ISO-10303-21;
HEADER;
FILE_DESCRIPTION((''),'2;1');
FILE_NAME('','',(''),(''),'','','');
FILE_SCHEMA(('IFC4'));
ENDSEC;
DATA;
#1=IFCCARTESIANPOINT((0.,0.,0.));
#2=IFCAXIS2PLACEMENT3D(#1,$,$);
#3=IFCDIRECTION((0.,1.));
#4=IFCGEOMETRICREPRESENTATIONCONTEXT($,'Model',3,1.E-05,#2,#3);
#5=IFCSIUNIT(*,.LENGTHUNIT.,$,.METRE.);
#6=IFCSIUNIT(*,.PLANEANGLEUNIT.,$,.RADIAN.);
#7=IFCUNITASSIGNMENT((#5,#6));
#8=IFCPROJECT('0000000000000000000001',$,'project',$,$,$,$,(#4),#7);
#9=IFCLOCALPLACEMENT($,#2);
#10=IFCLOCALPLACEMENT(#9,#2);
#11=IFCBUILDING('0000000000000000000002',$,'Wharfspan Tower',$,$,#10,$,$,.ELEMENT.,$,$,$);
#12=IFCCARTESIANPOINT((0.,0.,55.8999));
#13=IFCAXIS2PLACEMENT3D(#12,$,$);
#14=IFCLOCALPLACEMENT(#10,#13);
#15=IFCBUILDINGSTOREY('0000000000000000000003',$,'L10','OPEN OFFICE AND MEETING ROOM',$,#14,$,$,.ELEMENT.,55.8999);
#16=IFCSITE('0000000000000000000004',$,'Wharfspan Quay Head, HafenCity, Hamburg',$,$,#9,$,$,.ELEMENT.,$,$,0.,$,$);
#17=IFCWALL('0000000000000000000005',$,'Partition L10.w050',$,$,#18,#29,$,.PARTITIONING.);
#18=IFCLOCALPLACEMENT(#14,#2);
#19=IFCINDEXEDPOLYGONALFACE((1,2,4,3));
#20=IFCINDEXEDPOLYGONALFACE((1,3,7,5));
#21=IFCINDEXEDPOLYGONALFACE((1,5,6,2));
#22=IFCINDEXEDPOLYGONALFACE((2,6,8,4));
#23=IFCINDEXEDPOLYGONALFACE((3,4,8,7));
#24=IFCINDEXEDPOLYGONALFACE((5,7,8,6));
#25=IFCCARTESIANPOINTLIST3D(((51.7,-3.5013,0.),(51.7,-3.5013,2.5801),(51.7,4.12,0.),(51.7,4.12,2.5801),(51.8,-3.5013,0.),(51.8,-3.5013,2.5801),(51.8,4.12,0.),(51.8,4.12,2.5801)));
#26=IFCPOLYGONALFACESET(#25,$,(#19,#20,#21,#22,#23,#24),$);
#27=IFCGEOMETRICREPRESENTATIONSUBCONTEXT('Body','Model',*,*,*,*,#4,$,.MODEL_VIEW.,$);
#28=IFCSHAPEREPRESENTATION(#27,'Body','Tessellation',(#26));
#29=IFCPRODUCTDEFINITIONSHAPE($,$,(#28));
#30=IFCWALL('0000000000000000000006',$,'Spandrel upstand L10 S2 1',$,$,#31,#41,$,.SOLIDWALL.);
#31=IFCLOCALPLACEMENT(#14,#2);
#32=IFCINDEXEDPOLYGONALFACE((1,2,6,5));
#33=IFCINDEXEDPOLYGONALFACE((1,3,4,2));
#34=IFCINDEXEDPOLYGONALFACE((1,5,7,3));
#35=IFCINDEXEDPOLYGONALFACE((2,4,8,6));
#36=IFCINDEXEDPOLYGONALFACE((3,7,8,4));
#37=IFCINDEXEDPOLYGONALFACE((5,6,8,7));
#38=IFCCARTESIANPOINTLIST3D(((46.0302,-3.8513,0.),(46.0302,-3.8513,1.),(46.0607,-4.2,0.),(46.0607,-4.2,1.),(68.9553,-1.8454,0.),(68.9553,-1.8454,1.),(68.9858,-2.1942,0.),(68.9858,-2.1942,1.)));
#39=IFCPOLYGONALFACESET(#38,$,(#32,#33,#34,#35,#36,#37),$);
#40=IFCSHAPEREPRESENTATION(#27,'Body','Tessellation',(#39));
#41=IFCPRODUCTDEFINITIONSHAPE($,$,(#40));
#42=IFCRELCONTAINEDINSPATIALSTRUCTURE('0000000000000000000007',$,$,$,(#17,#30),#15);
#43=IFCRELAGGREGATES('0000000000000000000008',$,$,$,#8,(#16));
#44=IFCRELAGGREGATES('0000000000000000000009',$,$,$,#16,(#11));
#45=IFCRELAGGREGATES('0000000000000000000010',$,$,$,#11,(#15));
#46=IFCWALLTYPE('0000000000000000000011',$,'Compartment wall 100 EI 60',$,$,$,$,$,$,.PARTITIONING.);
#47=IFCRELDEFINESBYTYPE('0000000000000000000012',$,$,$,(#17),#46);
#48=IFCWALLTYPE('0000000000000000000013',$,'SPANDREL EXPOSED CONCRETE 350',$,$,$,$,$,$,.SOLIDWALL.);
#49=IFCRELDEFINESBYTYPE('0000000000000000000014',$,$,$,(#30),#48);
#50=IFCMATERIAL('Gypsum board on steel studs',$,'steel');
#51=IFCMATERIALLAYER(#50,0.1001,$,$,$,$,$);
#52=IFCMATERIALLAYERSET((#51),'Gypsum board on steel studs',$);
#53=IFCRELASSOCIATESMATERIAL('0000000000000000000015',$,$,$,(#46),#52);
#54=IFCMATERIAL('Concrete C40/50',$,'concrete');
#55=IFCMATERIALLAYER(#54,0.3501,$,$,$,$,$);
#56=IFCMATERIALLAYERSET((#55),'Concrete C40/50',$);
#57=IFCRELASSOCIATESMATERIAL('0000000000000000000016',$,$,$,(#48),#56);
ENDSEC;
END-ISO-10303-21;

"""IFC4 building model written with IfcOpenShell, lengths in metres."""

from ifc_helpers import new_model, si_unit, direction, frame, frame_2d, origin, place, context, subcontext, project, spatial, rectangle, extrude, material, layer, layer_set, type_object, element, save


model = new_model("IFC4")

# Units and contexts
model_context = context("Model", 3, precision=1e-05, world=origin(), true_north=direction((0.0, 1.0)))
body_context = subcontext(model_context, "Body", "Model", "MODEL_VIEW")
ifc_project = project(units=[si_unit("LENGTHUNIT", "METRE"), si_unit("PLANEANGLEUNIT", "RADIAN")], contexts=[model_context])

# Site, building, storey
site_placement = place(None, origin())
site = spatial("IfcSite", under=ifc_project, at=site_placement, Name="Wharfspan Quay Head, HafenCity, Hamburg", CompositionType="ELEMENT", RefElevation=0.0)
building_placement = place(site_placement, origin())
building = spatial("IfcBuilding", under=site, at=building_placement, Name="Wharfspan Tower", CompositionType="ELEMENT")
storey_placement = place(building_placement, frame((0.0, 0.0, 55.8999)))
storey = spatial("IfcBuildingStorey", under=building, at=storey_placement, Name="L10", Description="OPEN OFFICE AND MEETING ROOM", CompositionType="ELEMENT", Elevation=55.8999)

# Walls
ifc_material_1 = material(Name="Gypsum board on steel studs", Category="steel")
ifc_layer_1 = layer(ifc_material_1, 0.1001)
ifc_layer_set_1 = layer_set([ifc_layer_1], Name="Gypsum board on steel studs")
wall_type_1 = type_object("IfcWallType", Name="Compartment wall 100 EI 60", PredefinedType="PARTITIONING", material=ifc_layer_set_1)
wall_1_placement = place(storey_placement, frame((51.75, -3.5012, 0.0), z_axis=(0.0, 0.0, 1.0), x_axis=(0.0, 1.0, 0.0)))
element("IfcWall", 1, at=wall_1_placement, inside=storey, type_object=wall_type_1, Name="Partition L10.w050", PredefinedType="PARTITIONING", context=body_context, shape_type="SweptSolid", body=[
    extrude(rectangle(XDim=7.6213, YDim=0.1001, at=frame_2d((3.8105, 0.0))), origin(), (0.0, 0.0, 1.0), 2.5801),
])
ifc_material_2 = material(Name="Concrete C40/50", Category="concrete")
ifc_layer_2 = layer(ifc_material_2, 0.3501)
ifc_layer_set_2 = layer_set([ifc_layer_2], Name="Concrete C40/50")
wall_type_2 = type_object("IfcWallType", Name="SPANDREL EXPOSED CONCRETE 350", PredefinedType="SOLIDWALL", material=ifc_layer_set_2)
wall_2_placement = place(storey_placement, frame((46.0454, -4.0256, 0.0), z_axis=(0.0, 0.0, 1.0), x_axis=(0.99619, 0.087163, 0.0)))
element("IfcWall", 2, at=wall_2_placement, inside=storey, type_object=wall_type_2, Name="Spandrel upstand L10 S2 1", PredefinedType="SOLIDWALL", context=body_context, shape_type="SweptSolid", body=[
    extrude(rectangle(XDim=23.0127, YDim=0.3501, at=frame_2d((11.5063, 0.0))), origin(), (0.0, 0.0, 1.0), 1.0),
])

save(model, "model.ifc")
